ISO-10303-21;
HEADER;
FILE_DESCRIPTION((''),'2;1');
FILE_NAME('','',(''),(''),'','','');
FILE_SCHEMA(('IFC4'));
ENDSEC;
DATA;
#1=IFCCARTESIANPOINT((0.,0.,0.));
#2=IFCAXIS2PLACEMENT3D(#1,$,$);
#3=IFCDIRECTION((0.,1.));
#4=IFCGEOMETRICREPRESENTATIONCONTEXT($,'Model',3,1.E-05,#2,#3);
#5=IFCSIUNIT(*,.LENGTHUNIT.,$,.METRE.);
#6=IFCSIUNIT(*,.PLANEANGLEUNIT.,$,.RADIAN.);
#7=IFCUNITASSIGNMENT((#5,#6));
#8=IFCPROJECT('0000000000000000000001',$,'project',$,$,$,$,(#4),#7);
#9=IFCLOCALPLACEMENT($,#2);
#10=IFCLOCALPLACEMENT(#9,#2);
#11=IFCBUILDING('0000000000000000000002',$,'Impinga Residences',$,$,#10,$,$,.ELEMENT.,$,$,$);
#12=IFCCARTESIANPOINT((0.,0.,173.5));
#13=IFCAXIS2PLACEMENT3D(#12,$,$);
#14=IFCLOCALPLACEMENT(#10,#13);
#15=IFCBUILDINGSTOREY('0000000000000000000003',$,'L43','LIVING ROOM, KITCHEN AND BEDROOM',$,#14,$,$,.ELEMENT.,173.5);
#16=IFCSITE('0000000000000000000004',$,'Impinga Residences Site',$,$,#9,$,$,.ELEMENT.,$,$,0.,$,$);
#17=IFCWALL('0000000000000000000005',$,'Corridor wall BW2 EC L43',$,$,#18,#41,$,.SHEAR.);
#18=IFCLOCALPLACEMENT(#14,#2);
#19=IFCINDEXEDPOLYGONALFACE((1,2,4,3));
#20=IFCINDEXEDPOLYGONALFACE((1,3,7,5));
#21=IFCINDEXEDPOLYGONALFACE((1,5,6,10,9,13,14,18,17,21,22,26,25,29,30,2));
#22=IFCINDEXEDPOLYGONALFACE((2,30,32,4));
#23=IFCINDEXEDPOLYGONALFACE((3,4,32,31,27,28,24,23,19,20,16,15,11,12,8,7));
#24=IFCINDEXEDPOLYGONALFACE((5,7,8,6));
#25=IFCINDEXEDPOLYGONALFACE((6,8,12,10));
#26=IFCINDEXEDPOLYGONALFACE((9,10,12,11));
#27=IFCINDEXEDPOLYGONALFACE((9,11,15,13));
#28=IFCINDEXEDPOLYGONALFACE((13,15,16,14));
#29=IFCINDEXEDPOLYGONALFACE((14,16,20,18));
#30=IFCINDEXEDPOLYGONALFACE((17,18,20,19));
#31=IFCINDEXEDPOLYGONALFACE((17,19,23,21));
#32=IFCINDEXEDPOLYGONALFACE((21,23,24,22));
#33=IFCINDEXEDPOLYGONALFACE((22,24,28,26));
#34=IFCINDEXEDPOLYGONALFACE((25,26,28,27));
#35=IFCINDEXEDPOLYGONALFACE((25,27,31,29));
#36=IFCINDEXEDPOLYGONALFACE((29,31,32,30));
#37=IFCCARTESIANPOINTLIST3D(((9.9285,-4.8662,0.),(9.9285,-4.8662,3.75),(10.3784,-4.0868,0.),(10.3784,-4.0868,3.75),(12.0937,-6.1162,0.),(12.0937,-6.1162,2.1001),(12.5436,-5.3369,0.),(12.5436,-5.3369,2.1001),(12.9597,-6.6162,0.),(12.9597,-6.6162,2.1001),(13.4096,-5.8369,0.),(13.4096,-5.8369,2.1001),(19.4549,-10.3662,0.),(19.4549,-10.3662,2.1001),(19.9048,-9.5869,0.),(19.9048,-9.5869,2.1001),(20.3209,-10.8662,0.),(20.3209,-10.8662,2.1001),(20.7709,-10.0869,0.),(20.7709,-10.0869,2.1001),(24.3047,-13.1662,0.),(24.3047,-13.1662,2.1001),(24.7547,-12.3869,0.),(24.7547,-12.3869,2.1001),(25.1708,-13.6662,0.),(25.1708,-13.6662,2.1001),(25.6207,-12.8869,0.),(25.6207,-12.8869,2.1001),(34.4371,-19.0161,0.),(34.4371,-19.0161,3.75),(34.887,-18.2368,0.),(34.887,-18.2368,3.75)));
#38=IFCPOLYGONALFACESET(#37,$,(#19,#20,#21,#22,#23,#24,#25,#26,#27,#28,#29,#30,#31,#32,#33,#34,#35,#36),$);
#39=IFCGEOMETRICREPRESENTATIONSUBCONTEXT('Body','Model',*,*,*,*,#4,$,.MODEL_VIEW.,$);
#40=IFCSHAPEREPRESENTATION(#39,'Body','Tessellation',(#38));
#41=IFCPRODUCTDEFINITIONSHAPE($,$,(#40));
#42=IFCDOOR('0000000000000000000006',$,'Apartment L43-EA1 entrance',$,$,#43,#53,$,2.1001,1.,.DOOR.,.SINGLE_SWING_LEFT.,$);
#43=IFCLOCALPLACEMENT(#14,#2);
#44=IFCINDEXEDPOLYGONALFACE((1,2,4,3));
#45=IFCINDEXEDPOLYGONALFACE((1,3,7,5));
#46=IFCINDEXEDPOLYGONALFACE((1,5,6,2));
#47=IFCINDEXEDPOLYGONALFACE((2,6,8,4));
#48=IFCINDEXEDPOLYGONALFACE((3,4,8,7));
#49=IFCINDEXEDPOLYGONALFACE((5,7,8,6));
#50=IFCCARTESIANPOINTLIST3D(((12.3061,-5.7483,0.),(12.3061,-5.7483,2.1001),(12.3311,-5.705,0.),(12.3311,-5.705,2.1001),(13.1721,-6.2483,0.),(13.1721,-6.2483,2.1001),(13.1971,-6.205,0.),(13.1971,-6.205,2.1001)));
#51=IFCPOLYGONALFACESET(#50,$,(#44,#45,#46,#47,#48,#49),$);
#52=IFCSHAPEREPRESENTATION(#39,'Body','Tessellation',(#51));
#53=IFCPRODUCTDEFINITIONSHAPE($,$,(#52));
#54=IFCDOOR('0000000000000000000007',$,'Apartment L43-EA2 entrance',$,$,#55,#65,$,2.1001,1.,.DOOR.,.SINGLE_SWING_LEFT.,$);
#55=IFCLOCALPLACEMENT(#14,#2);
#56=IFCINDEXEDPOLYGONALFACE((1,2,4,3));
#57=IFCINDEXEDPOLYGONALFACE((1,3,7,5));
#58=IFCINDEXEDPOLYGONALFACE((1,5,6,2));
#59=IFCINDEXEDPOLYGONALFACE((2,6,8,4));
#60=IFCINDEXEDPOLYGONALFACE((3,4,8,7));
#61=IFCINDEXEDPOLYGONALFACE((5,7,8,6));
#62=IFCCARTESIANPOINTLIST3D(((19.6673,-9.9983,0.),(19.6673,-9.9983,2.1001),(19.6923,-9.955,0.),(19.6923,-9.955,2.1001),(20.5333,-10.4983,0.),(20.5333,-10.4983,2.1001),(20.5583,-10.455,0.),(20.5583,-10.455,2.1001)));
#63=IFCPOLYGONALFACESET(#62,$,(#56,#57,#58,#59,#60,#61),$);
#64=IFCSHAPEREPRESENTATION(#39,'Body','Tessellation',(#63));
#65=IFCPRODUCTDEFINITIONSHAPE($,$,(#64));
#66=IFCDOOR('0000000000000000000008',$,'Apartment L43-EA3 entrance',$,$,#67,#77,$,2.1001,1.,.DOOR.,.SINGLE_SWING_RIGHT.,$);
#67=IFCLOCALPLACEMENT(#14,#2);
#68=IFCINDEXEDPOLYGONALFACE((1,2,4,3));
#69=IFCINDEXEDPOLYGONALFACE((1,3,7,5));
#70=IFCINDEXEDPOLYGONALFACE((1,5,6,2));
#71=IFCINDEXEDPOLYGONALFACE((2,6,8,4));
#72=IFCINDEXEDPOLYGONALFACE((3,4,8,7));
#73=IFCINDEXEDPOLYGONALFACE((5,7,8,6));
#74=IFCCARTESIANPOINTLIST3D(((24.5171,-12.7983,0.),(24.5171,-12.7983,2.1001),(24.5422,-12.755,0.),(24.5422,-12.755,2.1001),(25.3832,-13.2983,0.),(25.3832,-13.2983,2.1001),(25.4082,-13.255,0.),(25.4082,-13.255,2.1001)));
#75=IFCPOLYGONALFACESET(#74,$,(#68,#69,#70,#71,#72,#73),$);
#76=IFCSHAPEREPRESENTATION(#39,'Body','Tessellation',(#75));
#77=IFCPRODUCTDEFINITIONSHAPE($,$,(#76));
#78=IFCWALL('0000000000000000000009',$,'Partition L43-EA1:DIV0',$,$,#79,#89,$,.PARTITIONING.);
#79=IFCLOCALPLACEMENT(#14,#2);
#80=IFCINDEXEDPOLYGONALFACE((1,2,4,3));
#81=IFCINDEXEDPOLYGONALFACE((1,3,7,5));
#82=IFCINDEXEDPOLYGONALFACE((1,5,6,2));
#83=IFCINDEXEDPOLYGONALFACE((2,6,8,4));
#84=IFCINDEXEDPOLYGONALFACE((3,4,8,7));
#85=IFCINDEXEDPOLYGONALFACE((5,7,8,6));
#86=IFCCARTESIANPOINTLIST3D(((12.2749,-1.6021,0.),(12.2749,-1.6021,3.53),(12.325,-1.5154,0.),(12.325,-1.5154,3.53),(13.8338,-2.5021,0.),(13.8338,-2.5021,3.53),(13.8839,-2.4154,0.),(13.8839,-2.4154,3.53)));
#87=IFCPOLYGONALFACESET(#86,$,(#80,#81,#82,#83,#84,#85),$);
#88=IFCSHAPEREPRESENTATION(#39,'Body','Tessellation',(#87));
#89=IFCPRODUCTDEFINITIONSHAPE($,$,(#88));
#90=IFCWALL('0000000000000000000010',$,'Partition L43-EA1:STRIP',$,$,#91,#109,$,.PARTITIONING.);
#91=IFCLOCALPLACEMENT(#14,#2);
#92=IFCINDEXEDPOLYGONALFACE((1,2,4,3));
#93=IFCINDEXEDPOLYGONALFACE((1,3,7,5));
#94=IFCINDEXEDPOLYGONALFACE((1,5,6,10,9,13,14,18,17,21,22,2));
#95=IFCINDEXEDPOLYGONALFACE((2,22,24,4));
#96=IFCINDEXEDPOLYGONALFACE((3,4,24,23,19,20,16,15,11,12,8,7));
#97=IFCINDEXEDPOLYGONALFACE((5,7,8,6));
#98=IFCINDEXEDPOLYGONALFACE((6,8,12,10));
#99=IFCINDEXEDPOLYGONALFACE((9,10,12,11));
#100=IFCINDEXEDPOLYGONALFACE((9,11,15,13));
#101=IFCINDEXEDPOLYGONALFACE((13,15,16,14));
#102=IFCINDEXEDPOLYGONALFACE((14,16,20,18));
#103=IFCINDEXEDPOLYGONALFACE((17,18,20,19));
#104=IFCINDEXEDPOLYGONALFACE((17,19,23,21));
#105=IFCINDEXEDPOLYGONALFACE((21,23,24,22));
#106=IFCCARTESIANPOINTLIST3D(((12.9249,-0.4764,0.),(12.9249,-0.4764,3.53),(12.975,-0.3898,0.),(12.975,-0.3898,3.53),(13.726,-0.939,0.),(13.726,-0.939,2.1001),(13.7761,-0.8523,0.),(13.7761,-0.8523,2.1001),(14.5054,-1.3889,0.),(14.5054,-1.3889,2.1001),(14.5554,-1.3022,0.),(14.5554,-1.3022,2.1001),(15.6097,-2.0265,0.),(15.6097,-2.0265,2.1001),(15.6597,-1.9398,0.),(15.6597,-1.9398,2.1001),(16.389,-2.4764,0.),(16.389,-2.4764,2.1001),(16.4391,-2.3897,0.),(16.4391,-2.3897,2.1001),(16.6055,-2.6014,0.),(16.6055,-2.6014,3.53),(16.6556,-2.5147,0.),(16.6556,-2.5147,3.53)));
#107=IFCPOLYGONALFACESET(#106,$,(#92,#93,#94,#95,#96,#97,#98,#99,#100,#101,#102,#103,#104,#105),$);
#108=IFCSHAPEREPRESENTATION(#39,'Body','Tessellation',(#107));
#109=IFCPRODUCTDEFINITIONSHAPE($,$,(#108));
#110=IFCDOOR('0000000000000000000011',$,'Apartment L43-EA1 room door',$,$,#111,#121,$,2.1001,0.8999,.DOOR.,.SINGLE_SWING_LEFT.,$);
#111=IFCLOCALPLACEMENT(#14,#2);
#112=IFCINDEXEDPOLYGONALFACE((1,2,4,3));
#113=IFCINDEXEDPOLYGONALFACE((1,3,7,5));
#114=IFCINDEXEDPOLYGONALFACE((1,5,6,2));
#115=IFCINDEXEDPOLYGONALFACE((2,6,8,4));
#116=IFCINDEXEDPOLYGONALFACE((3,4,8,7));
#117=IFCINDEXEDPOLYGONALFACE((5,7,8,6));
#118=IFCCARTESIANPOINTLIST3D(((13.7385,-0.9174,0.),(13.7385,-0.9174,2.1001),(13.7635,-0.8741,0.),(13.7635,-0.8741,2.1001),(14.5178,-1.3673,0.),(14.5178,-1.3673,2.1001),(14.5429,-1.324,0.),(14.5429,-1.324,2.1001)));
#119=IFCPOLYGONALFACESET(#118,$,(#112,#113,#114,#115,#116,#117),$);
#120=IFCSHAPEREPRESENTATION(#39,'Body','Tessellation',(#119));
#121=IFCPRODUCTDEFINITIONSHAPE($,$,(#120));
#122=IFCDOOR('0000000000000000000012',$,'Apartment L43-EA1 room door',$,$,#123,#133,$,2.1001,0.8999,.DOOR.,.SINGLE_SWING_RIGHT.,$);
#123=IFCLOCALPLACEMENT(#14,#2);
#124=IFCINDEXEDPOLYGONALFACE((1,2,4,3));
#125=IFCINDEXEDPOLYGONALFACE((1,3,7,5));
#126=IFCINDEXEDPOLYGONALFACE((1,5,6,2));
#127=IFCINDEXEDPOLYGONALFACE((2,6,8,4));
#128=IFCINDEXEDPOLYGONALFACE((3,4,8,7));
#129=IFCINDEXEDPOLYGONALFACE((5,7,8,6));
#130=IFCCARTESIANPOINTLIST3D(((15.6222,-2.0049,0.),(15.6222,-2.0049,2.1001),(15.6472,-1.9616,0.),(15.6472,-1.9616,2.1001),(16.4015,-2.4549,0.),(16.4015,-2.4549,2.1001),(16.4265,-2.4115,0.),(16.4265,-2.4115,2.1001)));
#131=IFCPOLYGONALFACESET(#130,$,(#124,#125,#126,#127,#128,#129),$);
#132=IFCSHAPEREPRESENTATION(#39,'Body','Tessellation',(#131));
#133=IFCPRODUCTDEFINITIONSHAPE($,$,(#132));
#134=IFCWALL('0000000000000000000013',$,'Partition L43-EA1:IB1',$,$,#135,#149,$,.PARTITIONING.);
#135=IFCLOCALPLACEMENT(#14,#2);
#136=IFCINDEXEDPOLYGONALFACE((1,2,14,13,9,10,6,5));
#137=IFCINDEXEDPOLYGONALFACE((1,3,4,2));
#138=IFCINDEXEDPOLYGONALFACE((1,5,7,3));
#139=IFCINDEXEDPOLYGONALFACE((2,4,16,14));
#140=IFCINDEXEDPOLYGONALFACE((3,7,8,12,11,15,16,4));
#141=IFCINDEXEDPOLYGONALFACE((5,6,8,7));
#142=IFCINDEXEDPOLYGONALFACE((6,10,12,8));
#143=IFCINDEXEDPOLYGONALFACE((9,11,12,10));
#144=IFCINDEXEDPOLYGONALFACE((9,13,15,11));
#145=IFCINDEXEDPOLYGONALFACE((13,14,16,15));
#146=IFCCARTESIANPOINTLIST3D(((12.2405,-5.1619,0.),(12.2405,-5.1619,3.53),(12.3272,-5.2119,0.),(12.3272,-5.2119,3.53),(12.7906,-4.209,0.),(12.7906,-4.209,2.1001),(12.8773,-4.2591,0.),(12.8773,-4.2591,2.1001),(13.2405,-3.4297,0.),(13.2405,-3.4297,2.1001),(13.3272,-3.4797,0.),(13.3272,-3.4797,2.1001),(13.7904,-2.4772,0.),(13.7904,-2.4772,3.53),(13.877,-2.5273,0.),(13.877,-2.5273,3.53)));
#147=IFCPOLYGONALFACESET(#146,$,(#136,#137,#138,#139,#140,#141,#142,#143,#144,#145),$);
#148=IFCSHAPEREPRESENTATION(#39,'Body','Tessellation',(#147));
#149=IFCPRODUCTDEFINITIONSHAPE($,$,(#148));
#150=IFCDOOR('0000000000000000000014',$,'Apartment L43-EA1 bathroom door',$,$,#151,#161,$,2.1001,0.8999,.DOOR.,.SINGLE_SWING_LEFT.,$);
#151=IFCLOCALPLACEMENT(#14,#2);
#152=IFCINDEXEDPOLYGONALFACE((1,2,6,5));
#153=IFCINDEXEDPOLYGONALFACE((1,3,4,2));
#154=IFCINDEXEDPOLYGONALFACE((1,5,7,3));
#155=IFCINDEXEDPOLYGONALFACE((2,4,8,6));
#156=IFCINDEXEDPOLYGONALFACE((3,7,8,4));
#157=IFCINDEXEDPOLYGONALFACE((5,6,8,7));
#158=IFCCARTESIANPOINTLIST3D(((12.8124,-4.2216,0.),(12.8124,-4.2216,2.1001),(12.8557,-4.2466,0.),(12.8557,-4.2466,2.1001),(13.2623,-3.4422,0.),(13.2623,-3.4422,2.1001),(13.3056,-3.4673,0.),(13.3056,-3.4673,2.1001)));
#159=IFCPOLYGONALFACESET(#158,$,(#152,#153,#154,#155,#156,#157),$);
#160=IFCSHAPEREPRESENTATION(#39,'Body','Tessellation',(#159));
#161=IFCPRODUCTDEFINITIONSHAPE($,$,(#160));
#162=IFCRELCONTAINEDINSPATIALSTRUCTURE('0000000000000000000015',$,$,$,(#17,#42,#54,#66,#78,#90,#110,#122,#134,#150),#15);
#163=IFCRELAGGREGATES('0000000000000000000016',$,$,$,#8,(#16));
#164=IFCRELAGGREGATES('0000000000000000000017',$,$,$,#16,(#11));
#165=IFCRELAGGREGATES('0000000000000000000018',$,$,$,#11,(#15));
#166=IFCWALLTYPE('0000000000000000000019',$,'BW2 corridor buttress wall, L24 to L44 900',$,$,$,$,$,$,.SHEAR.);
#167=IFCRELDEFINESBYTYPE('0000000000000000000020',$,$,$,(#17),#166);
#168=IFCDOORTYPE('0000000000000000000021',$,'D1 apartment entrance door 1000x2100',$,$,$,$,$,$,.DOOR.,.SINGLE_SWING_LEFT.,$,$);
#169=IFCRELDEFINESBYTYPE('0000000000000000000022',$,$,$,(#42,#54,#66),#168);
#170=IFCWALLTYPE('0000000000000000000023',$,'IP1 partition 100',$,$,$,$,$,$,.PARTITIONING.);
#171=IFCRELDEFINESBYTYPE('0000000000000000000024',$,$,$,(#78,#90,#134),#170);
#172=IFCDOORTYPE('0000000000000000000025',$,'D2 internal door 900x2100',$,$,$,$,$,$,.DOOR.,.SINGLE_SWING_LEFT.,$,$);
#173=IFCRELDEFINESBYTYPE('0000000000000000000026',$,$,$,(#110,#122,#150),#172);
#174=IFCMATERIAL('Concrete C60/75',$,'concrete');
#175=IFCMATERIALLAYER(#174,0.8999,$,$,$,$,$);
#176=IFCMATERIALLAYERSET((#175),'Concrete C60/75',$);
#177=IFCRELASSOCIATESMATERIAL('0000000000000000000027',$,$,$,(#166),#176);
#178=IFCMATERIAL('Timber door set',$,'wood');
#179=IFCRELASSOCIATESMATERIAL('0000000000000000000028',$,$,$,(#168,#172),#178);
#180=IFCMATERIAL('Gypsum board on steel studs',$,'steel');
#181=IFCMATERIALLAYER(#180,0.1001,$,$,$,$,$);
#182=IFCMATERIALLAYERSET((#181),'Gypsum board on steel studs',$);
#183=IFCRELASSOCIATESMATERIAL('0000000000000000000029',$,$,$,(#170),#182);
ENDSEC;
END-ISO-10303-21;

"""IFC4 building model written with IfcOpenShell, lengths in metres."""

from ifc_helpers import new_model, si_unit, direction, frame, frame_2d, origin, place, context, subcontext, project, spatial, rectangle, extrude, material, layer, layer_set, type_object, element, fill, save


model = new_model("IFC4")

# Units and contexts
model_context = context("Model", 3, precision=1e-05, world=origin(), true_north=direction((0.0, 1.0)))
body_context = subcontext(model_context, "Body", "Model", "MODEL_VIEW")
ifc_project = project(units=[si_unit("LENGTHUNIT", "METRE"), si_unit("PLANEANGLEUNIT", "RADIAN")], contexts=[model_context])

# Site, building, storey
site_placement = place(None, origin())
site = spatial("IfcSite", under=ifc_project, at=site_placement, Name="Impinga Residences Site", CompositionType="ELEMENT", RefElevation=0.0)
building_placement = place(site_placement, origin())
building = spatial("IfcBuilding", under=site, at=building_placement, Name="Impinga Residences", CompositionType="ELEMENT")
storey_placement = place(building_placement, frame((0.0, 0.0, 173.5)))
storey = spatial("IfcBuildingStorey", under=building, at=storey_placement, Name="L43", Description="LIVING ROOM, KITCHEN AND BEDROOM", CompositionType="ELEMENT", Elevation=173.5)

# Wall, openings, doors
ifc_material_1 = material(Name="Concrete C60/75", Category="concrete")
ifc_layer_1 = layer(ifc_material_1, 0.8999)
ifc_layer_set_1 = layer_set([ifc_layer_1], Name="Concrete C60/75")
wall_type_1 = type_object("IfcWallType", Name="BW2 corridor buttress wall, L24 to L44 900", PredefinedType="SHEAR", material=ifc_layer_set_1)
wall_1_placement = place(storey_placement, frame((10.1536, -4.4766, 0.0), z_axis=(0.0, 0.0, 1.0), x_axis=(0.866027, -0.499997, 0.0)))
wall_1 = element("IfcWall", 1, at=wall_1_placement, inside=storey, type_object=wall_type_1, Name="Corridor wall BW2 EC L43", PredefinedType="SHEAR", context=body_context, shape_type="SweptSolid", body=[
    extrude(rectangle(XDim=28.3, YDim=0.8999, at=frame_2d((14.1499, 0.0))), origin(), (0.0, 0.0, 1.0), 3.75),
])
opening_1_placement = place(wall_1_placement, frame((2.5, 0.0, 0.0)))
opening_1 = element("IfcOpeningElement", 2, at=opening_1_placement, cuts=wall_1, PredefinedType="OPENING", context=body_context, shape_type="SweptSolid", body=[
    extrude(rectangle(XDim=1.0, YDim=2.1001, at=frame_2d((0.5, 1.05))), frame((0.0, 0.46, 0.0), z_axis=(0.0, -1.0, 0.0), x_axis=(1.0, 0.0, 0.0)), (0.0, 0.0, 1.0), 0.9199),
])
opening_2_placement = place(wall_1_placement, frame((11.0, 0.0, 0.0)))
opening_2 = element("IfcOpeningElement", 3, at=opening_2_placement, cuts=wall_1, PredefinedType="OPENING", context=body_context, shape_type="SweptSolid", body=[
    extrude(rectangle(XDim=1.0, YDim=2.1001, at=frame_2d((0.5, 1.05))), frame((0.0, 0.46, 0.0), z_axis=(0.0, -1.0, 0.0), x_axis=(1.0, 0.0, 0.0)), (0.0, 0.0, 1.0), 0.9199),
])
opening_3_placement = place(wall_1_placement, frame((16.6001, 0.0, 0.0)))
opening_3 = element("IfcOpeningElement", 4, at=opening_3_placement, cuts=wall_1, PredefinedType="OPENING", context=body_context, shape_type="SweptSolid", body=[
    extrude(rectangle(XDim=1.0, YDim=2.1001, at=frame_2d((0.5, 1.05))), frame((0.0, 0.46, 0.0), z_axis=(0.0, -1.0, 0.0), x_axis=(1.0, 0.0, 0.0)), (0.0, 0.0, 1.0), 0.9199),
])
ifc_material_2 = material(Name="Timber door set", Category="wood")
door_type_1 = type_object("IfcDoorType", Name="D1 apartment entrance door 1000x2100", OperationType="SINGLE_SWING_LEFT", PredefinedType="DOOR", material=ifc_material_2)
door_1_placement = place(opening_1_placement, origin())
door_1 = element("IfcDoor", 5, at=door_1_placement, inside=storey, type_object=door_type_1, Name="Apartment L43-EA1 entrance", OperationType="SINGLE_SWING_LEFT", OverallHeight=2.1001, OverallWidth=1.0, PredefinedType="DOOR", context=body_context, shape_type="SweptSolid", body=[
    extrude(rectangle(XDim=1.0, YDim=2.1001, at=frame_2d((0.5, 1.05))), frame((0.0, 0.0249, 0.0), z_axis=(0.0, -1.0, 0.0), x_axis=(1.0, 0.0, 0.0)), (0.0, 0.0, 1.0), 0.05),
])
fill(opening_1, door_1)
door_2_placement = place(opening_2_placement, origin())
door_2 = element("IfcDoor", 6, at=door_2_placement, inside=storey, type_object=door_type_1, Name="Apartment L43-EA2 entrance", OperationType="SINGLE_SWING_LEFT", OverallHeight=2.1001, OverallWidth=1.0, PredefinedType="DOOR", context=body_context, shape_type="SweptSolid", body=[
    extrude(rectangle(XDim=1.0, YDim=2.1001, at=frame_2d((0.5, 1.05))), frame((0.0, 0.0249, 0.0), z_axis=(0.0, -1.0, 0.0), x_axis=(1.0, 0.0, 0.0)), (0.0, 0.0, 1.0), 0.05),
])
fill(opening_2, door_2)
door_3_placement = place(opening_3_placement, origin())
door_3 = element("IfcDoor", 7, at=door_3_placement, inside=storey, type_object=door_type_1, Name="Apartment L43-EA3 entrance", OperationType="SINGLE_SWING_RIGHT", OverallHeight=2.1001, OverallWidth=1.0, PredefinedType="DOOR", context=body_context, shape_type="SweptSolid", body=[
    extrude(rectangle(XDim=1.0, YDim=2.1001, at=frame_2d((0.5, 1.05))), frame((0.0, 0.0249, 0.0), z_axis=(0.0, -1.0, 0.0), x_axis=(1.0, 0.0, 0.0)), (0.0, 0.0, 1.0), 0.05),
])
fill(opening_3, door_3)

# Wall
ifc_material_3 = material(Name="Gypsum board on steel studs", Category="steel")
ifc_layer_2 = layer(ifc_material_3, 0.1001)
ifc_layer_set_2 = layer_set([ifc_layer_2], Name="Gypsum board on steel studs")
wall_type_2 = type_object("IfcWallType", Name="IP1 partition 100", PredefinedType="PARTITIONING", material=ifc_layer_set_2)
wall_2_placement = place(storey_placement, frame((12.3, -1.5588, 0.0), z_axis=(0.0, 0.0, 1.0), x_axis=(0.866048, -0.499961, 0.0)))
element("IfcWall", 8, at=wall_2_placement, inside=storey, type_object=wall_type_2, Name="Partition L43-EA1:DIV0", PredefinedType="PARTITIONING", context=body_context, shape_type="SweptSolid", body=[
    extrude(rectangle(XDim=1.8, YDim=0.1001, at=frame_2d((0.8999, 0.0))), origin(), (0.0, 0.0, 1.0), 3.53),
])

# Wall, openings, doors
wall_3_placement = place(storey_placement, frame((12.95, -0.4331, 0.0), z_axis=(0.0, 0.0, 1.0), x_axis=(0.866029, -0.499994, 0.0)))
wall_3 = element("IfcWall", 9, at=wall_3_placement, inside=storey, type_object=wall_type_2, Name="Partition L43-EA1:STRIP", PredefinedType="PARTITIONING", context=body_context, shape_type="SweptSolid", body=[
    extrude(rectangle(XDim=4.25, YDim=0.1001, at=frame_2d((2.125, 0.0))), origin(), (0.0, 0.0, 1.0), 3.53),
])
opening_4_placement = place(wall_3_placement, frame((0.925, 0.0, 0.0)))
opening_4 = element("IfcOpeningElement", 10, at=opening_4_placement, cuts=wall_3, PredefinedType="OPENING", context=body_context, shape_type="SweptSolid", body=[
    extrude(rectangle(XDim=0.8999, YDim=2.1001, at=frame_2d((0.45, 1.05))), frame((0.0, 0.0601, 0.0), z_axis=(0.0, -1.0, 0.0), x_axis=(1.0, 0.0, 0.0)), (0.0, 0.0, 1.0), 0.1201),
])
opening_5_placement = place(wall_3_placement, frame((3.1001, 0.0, 0.0)))
opening_5 = element("IfcOpeningElement", 11, at=opening_5_placement, cuts=wall_3, PredefinedType="OPENING", context=body_context, shape_type="SweptSolid", body=[
    extrude(rectangle(XDim=0.8999, YDim=2.1001, at=frame_2d((0.45, 1.05))), frame((0.0, 0.0601, 0.0), z_axis=(0.0, -1.0, 0.0), x_axis=(1.0, 0.0, 0.0)), (0.0, 0.0, 1.0), 0.1201),
])
door_type_2 = type_object("IfcDoorType", Name="D2 internal door 900x2100", OperationType="SINGLE_SWING_LEFT", PredefinedType="DOOR", material=ifc_material_2)
door_4_placement = place(opening_4_placement, origin())
door_4 = element("IfcDoor", 12, at=door_4_placement, inside=storey, type_object=door_type_2, Name="Apartment L43-EA1 room door", OperationType="SINGLE_SWING_LEFT", OverallHeight=2.1001, OverallWidth=0.8999, PredefinedType="DOOR", context=body_context, shape_type="SweptSolid", body=[
    extrude(rectangle(XDim=0.8999, YDim=2.1001, at=frame_2d((0.45, 1.05))), frame((0.0, 0.0249, 0.0), z_axis=(0.0, -1.0, 0.0), x_axis=(1.0, 0.0, 0.0)), (0.0, 0.0, 1.0), 0.05),
])
fill(opening_4, door_4)
door_5_placement = place(opening_5_placement, origin())
door_5 = element("IfcDoor", 13, at=door_5_placement, inside=storey, type_object=door_type_2, Name="Apartment L43-EA1 room door", OperationType="SINGLE_SWING_RIGHT", OverallHeight=2.1001, OverallWidth=0.8999, PredefinedType="DOOR", context=body_context, shape_type="SweptSolid", body=[
    extrude(rectangle(XDim=0.8999, YDim=2.1001, at=frame_2d((0.45, 1.05))), frame((0.0, 0.0249, 0.0), z_axis=(0.0, -1.0, 0.0), x_axis=(1.0, 0.0, 0.0)), (0.0, 0.0, 1.0), 0.05),
])
fill(opening_5, door_5)

# Wall, opening, door
wall_4_placement = place(storey_placement, frame((12.2839, -5.1868, 0.0), z_axis=(0.0, 0.0, 1.0), x_axis=(0.499968, 0.866044, 0.0)))
wall_4 = element("IfcWall", 14, at=wall_4_placement, inside=storey, type_object=wall_type_2, Name="Partition L43-EA1:IB1", PredefinedType="PARTITIONING", context=body_context, shape_type="SweptSolid", body=[
    extrude(rectangle(XDim=3.0999, YDim=0.1001, at=frame_2d((1.5498, 0.0))), origin(), (0.0, 0.0, 1.0), 3.53),
])
opening_6_placement = place(wall_4_placement, frame((1.1001, 0.0, 0.0)))
opening_6 = element("IfcOpeningElement", 15, at=opening_6_placement, cuts=wall_4, PredefinedType="OPENING", context=body_context, shape_type="SweptSolid", body=[
    extrude(rectangle(XDim=0.8999, YDim=2.1001, at=frame_2d((0.45, 1.05))), frame((0.0, 0.0601, 0.0), z_axis=(0.0, -1.0, 0.0), x_axis=(1.0, 0.0, 0.0)), (0.0, 0.0, 1.0), 0.1201),
])
door_6_placement = place(opening_6_placement, origin())
door_6 = element("IfcDoor", 16, at=door_6_placement, inside=storey, type_object=door_type_2, Name="Apartment L43-EA1 bathroom door", OperationType="SINGLE_SWING_LEFT", OverallHeight=2.1001, OverallWidth=0.8999, PredefinedType="DOOR", context=body_context, shape_type="SweptSolid", body=[
    extrude(rectangle(XDim=0.8999, YDim=2.1001, at=frame_2d((0.45, 1.05))), frame((0.0, 0.0249, 0.0), z_axis=(0.0, -1.0, 0.0), x_axis=(1.0, 0.0, 0.0)), (0.0, 0.0, 1.0), 0.05),
])
fill(opening_6, door_6)

save(model, "model.ifc")
